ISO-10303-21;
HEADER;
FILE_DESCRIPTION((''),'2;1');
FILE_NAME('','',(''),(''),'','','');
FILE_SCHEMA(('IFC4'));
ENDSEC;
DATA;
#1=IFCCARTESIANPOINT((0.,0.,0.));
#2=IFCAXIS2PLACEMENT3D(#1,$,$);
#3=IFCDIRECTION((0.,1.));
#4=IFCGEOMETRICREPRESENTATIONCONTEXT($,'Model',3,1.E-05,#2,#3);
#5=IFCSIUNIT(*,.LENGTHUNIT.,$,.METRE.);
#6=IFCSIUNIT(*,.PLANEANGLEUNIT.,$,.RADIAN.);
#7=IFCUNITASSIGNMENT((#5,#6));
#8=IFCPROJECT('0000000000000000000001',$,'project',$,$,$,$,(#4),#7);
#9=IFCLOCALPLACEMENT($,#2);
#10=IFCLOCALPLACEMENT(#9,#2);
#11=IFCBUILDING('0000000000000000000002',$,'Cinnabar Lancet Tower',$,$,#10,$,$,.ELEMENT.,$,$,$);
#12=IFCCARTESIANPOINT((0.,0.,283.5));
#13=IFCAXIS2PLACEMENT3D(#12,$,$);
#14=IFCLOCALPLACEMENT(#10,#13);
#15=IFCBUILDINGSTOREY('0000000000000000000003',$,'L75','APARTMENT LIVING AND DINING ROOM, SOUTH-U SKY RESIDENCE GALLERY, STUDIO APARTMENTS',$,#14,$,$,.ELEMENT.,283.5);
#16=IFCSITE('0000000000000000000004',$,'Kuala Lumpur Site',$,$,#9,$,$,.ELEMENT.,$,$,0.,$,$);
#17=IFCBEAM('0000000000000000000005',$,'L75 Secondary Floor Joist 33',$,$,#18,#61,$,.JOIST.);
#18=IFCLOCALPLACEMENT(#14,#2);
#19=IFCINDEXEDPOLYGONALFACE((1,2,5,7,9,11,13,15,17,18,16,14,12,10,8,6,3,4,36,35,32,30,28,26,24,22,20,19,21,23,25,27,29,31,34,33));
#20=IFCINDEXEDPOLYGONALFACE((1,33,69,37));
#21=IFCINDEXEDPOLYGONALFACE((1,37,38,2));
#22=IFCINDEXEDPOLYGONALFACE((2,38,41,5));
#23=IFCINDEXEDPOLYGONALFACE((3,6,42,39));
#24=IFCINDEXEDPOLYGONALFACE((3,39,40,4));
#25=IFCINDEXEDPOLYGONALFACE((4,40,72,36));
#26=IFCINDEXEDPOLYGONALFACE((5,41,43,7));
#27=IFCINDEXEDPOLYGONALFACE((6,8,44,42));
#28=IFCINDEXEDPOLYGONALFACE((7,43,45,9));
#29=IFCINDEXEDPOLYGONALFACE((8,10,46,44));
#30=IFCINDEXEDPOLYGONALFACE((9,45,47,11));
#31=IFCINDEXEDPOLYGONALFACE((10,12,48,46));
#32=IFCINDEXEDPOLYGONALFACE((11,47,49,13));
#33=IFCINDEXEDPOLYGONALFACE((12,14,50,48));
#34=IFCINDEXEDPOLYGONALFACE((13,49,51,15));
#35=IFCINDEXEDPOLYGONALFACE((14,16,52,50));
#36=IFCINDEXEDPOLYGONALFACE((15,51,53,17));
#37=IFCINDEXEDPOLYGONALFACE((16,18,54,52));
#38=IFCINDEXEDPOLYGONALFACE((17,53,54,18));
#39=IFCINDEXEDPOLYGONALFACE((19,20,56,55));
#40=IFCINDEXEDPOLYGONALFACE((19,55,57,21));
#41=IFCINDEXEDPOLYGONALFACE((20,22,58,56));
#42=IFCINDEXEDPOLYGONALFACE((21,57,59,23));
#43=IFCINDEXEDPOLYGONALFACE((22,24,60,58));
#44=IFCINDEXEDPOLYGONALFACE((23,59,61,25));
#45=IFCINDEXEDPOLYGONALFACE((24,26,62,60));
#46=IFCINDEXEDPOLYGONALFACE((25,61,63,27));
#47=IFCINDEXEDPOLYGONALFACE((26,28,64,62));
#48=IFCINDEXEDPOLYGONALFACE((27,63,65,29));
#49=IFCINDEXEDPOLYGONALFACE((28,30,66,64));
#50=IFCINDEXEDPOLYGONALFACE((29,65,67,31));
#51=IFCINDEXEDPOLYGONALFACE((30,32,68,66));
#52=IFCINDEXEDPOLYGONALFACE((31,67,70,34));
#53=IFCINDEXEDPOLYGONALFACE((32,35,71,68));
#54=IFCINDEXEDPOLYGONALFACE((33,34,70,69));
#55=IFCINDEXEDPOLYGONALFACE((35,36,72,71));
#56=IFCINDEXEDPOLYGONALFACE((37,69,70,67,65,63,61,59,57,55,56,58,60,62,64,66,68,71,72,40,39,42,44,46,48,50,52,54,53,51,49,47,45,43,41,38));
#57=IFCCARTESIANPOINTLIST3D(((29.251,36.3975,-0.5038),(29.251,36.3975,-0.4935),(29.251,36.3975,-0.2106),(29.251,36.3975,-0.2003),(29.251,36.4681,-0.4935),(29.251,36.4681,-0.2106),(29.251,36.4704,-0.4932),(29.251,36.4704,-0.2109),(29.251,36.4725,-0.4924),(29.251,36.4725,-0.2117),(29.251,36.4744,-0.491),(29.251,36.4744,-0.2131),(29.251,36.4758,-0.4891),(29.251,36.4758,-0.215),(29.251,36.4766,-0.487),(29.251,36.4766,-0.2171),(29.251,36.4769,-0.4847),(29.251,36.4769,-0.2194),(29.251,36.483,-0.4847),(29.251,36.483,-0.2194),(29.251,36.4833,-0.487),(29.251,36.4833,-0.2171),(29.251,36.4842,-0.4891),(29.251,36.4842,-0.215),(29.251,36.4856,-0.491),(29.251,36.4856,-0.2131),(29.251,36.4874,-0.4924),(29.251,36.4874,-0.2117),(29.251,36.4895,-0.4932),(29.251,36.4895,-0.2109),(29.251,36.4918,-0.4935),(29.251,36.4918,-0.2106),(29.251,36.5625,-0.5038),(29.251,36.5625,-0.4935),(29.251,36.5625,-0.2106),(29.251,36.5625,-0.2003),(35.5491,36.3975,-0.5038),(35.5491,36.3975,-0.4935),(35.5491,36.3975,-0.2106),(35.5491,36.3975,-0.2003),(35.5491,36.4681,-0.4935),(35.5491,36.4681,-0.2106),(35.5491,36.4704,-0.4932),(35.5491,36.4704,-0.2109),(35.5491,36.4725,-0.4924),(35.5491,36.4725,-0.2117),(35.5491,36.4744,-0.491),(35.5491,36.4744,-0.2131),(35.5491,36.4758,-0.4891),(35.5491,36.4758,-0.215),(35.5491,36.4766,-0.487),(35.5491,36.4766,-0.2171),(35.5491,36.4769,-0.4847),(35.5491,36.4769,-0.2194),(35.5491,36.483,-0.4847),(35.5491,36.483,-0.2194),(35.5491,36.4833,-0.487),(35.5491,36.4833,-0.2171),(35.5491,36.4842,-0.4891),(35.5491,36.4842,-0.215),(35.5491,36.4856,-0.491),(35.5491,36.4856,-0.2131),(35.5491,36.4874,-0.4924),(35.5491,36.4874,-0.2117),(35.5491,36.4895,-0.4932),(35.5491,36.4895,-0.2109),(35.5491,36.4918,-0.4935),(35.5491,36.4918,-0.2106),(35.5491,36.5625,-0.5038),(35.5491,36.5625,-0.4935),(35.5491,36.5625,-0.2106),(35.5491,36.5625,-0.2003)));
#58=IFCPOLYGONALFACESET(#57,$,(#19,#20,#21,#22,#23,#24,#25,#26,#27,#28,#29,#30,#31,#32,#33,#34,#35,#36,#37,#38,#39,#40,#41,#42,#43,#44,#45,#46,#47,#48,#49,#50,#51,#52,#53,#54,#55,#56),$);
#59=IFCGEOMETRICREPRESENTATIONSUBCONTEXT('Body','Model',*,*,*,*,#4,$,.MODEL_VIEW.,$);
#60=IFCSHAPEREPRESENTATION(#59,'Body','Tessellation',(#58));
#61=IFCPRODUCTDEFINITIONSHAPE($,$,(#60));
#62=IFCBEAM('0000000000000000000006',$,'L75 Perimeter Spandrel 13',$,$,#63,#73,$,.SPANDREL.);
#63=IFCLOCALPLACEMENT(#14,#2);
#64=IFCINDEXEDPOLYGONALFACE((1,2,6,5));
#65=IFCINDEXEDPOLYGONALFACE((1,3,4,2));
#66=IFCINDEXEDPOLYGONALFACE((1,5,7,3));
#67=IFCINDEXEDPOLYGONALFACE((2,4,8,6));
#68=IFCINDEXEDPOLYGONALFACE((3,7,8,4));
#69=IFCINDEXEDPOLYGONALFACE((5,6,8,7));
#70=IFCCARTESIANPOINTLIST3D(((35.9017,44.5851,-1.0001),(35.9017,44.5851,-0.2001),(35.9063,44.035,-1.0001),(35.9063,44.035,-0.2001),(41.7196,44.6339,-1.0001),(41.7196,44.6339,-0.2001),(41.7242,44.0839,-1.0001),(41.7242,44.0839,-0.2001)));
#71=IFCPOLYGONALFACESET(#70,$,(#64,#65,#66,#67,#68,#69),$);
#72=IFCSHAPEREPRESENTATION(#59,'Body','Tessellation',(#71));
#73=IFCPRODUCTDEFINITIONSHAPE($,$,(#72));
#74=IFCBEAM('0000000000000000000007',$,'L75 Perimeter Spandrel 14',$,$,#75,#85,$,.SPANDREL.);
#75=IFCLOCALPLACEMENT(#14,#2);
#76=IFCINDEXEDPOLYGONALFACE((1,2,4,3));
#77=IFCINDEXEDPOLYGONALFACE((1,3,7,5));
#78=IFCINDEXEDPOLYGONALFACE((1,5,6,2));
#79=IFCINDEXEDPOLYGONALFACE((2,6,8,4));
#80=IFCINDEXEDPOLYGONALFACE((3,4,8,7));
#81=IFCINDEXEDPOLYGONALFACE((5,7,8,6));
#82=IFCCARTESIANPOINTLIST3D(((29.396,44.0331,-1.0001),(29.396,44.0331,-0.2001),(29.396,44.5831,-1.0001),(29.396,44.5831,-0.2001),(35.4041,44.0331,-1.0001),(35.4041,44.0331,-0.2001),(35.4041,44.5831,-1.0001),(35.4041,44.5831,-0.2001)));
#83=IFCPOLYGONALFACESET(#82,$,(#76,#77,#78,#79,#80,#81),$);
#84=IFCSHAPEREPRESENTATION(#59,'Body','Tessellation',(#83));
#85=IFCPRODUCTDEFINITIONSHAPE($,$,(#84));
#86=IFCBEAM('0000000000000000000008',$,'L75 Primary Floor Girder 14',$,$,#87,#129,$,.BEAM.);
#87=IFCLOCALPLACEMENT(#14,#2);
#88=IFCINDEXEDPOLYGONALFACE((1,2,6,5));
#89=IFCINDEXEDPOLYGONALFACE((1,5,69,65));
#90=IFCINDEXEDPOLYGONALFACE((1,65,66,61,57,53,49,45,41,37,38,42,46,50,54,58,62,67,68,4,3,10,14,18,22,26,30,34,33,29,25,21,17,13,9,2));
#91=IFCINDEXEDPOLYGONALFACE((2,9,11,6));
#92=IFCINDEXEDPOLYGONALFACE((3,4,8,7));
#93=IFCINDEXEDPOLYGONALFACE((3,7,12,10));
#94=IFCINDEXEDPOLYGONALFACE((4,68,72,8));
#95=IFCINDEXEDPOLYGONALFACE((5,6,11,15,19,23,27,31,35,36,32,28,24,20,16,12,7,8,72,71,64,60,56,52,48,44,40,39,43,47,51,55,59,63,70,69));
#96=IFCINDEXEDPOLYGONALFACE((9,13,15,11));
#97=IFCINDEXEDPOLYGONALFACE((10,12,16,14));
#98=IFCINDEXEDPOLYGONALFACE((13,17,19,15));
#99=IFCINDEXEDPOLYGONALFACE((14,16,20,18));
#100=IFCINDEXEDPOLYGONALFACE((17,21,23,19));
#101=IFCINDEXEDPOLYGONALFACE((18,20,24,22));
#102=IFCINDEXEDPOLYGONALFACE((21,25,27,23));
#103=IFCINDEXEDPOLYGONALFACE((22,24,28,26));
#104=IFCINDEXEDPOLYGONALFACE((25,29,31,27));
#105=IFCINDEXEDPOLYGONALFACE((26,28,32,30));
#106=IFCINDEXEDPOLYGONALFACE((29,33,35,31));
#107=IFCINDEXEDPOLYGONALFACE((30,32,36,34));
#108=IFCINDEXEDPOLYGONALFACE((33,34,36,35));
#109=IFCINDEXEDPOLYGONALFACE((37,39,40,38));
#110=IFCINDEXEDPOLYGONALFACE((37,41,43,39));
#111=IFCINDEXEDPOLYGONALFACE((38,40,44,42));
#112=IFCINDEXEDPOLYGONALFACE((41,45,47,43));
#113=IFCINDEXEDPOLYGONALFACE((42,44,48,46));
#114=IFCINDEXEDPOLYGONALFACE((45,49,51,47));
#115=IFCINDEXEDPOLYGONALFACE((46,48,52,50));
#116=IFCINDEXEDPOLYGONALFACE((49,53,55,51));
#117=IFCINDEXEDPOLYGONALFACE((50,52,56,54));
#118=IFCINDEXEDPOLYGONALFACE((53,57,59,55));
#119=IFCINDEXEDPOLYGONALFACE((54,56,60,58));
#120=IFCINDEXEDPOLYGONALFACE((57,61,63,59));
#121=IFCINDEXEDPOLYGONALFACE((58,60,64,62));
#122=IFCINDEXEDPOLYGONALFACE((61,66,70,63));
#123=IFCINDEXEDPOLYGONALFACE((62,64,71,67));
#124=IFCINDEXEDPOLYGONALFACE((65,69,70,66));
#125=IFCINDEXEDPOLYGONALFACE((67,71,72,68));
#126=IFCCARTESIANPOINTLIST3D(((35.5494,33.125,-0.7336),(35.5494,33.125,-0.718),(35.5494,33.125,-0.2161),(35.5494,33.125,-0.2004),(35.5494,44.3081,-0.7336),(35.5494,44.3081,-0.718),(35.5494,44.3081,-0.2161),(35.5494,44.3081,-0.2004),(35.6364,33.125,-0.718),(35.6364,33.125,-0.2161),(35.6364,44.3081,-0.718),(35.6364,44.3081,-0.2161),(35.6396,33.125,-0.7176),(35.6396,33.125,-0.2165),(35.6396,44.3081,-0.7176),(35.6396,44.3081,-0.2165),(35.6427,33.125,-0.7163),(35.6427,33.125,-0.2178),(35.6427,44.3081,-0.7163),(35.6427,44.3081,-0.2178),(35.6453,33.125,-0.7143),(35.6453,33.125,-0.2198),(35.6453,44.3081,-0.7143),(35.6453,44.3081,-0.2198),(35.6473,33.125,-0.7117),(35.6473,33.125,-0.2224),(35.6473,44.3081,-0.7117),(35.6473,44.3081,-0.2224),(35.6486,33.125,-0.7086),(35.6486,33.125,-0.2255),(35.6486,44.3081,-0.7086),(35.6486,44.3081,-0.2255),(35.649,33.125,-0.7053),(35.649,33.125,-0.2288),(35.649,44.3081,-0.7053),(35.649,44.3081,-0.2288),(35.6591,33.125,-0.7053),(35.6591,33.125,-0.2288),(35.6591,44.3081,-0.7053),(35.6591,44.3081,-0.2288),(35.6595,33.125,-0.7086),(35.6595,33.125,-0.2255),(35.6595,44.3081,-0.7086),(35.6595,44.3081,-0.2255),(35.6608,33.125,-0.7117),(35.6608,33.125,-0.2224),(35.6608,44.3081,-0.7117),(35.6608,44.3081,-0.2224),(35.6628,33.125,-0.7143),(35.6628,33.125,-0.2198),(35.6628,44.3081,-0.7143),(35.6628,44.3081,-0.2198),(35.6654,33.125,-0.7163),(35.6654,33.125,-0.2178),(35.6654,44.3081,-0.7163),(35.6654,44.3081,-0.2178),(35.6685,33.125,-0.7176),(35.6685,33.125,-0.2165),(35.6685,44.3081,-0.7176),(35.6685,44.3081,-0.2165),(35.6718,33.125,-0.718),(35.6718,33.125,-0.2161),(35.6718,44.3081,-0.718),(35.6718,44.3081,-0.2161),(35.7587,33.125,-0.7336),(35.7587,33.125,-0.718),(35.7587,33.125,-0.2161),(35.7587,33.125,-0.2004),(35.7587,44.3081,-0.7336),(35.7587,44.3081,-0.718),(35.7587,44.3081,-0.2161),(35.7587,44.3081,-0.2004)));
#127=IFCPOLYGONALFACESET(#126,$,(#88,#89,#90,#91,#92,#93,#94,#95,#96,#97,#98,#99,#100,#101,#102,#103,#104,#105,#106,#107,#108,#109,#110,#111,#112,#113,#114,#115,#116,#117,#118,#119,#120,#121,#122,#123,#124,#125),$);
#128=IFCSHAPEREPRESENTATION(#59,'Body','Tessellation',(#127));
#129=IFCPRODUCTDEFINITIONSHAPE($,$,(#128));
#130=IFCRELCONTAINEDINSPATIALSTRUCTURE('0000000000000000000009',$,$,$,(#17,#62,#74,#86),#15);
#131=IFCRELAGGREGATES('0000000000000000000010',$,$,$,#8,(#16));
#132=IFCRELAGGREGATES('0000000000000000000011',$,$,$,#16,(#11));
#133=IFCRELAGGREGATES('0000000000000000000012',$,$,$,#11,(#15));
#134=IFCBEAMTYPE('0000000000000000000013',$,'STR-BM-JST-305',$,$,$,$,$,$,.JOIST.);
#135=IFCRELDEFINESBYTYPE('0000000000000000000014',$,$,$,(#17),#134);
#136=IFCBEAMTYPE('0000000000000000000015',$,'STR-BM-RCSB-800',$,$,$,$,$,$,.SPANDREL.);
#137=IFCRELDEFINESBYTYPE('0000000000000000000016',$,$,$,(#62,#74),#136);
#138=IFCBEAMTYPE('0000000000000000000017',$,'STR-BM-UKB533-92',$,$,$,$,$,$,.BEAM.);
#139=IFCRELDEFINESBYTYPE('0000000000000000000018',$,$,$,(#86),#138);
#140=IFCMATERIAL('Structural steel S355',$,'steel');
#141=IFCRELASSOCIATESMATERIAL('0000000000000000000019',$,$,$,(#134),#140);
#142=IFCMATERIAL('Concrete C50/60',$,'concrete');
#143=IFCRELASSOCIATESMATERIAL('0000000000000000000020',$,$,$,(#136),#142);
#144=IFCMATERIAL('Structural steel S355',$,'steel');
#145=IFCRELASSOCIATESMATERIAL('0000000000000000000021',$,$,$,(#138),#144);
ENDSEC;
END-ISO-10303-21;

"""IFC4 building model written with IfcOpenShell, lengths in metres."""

from ifc_helpers import new_model, si_unit, direction, frame, origin, origin_2d, place, context, subcontext, project, spatial, rectangle, i_section, extrude, material, material_profile, profile_set, type_object, element, save


model = new_model("IFC4")

# Units and contexts
model_context = context("Model", 3, precision=1e-05, world=origin(), true_north=direction((0.0, 1.0)))
body_context = subcontext(model_context, "Body", "Model", "MODEL_VIEW")
ifc_project = project(units=[si_unit("LENGTHUNIT", "METRE"), si_unit("PLANEANGLEUNIT", "RADIAN")], contexts=[model_context])

# Site, building, storey
site_placement = place(None, origin())
site = spatial("IfcSite", under=ifc_project, at=site_placement, Name="Kuala Lumpur Site", CompositionType="ELEMENT", RefElevation=0.0)
building_placement = place(site_placement, origin())
building = spatial("IfcBuilding", under=site, at=building_placement, Name="Cinnabar Lancet Tower", CompositionType="ELEMENT")
storey_placement = place(building_placement, frame((0.0, 0.0, 283.5)))
storey = spatial("IfcBuildingStorey", under=building, at=storey_placement, Name="L75", Description="APARTMENT LIVING AND DINING ROOM, SOUTH-U SKY RESIDENCE GALLERY, STUDIO APARTMENTS", CompositionType="ELEMENT", Elevation=283.5)

# Beams
ifc_material_1 = material(Name="Structural steel S355", Category="steel")
ifc_material_profile_1 = material_profile(ifc_material_1, i_section(OverallWidth=0.165, OverallDepth=0.3035, WebThickness=0.0061, FlangeThickness=0.0103, FilletRadius=0.0088, at=origin_2d()), Name="UKB 305x165x40")
ifc_profile_set_1 = profile_set([ifc_material_profile_1], Name="Structural steel S355")
beam_type_1 = type_object("IfcBeamType", Name="STR-BM-JST-305", PredefinedType="JOIST", material=ifc_profile_set_1)
for number, where, z_axis, x_axis, name in (
    (1, (35.5491, 36.48, -0.3521), (-1.0, 0.0, 0.0), (0.0, -1.0, 0.0), "L75 Secondary Floor Joist 33"),
):
    element("IfcBeam", number, at=place(storey_placement, frame(where, z_axis=z_axis, x_axis=x_axis)), inside=storey, type_object=beam_type_1, Name=name, PredefinedType="JOIST", context=body_context, shape_type="SweptSolid", body=[
        extrude(i_section(OverallWidth=0.165, OverallDepth=0.3035, WebThickness=0.0061, FlangeThickness=0.0103, FilletRadius=0.0088, at=origin_2d()), origin(), (0.0, 0.0, 1.0), 6.2981),
    ])
ifc_material_2 = material(Name="Concrete C50/60", Category="concrete")
ifc_material_profile_2 = material_profile(ifc_material_2, rectangle(XDim=0.55, YDim=0.8, at=origin_2d()), Name="RC-SB 550x800")
ifc_profile_set_2 = profile_set([ifc_material_profile_2], Name="Concrete C50/60")
beam_type_2 = type_object("IfcBeamType", Name="STR-BM-RCSB-800", PredefinedType="SPANDREL", material=ifc_profile_set_2)
beam_1_placement = place(storey_placement, frame((41.7219, 44.3589, -0.6001), z_axis=(-0.999965, -0.008392, 0.0), x_axis=(0.008392, -0.999965, 0.0)))
element("IfcBeam", 2, at=beam_1_placement, inside=storey, type_object=beam_type_2, Name="L75 Perimeter Spandrel 13", PredefinedType="SPANDREL", context=body_context, shape_type="SweptSolid", body=[
    extrude(rectangle(XDim=0.55, YDim=0.8, at=origin_2d()), origin(), (0.0, 0.0, 1.0), 5.8181),
])
beam_2_placement = place(storey_placement, frame((35.4041, 44.3081, -0.6001), z_axis=(-1.0, 0.0, 0.0), x_axis=(0.0, -1.0, 0.0)))
element("IfcBeam", 3, at=beam_2_placement, inside=storey, type_object=beam_type_2, Name="L75 Perimeter Spandrel 14", PredefinedType="SPANDREL", context=body_context, shape_type="SweptSolid", body=[
    extrude(rectangle(XDim=0.55, YDim=0.8, at=origin_2d()), origin(), (0.0, 0.0, 1.0), 6.0081),
])
ifc_material_3 = material(Name="Structural steel S355", Category="steel")
ifc_material_profile_3 = material_profile(ifc_material_3, i_section(OverallWidth=0.2092, OverallDepth=0.5332, WebThickness=0.01, FlangeThickness=0.0156, FilletRadius=0.0127, at=origin_2d()), Name="UKB 533x210x92")
ifc_profile_set_3 = profile_set([ifc_material_profile_3], Name="Structural steel S355")
beam_type_3 = type_object("IfcBeamType", Name="STR-BM-UKB533-92", PredefinedType="BEAM", material=ifc_profile_set_3)
beam_3_placement = place(storey_placement, frame((35.6541, 44.3081, -0.467), z_axis=(0.0, -1.0, 0.0), x_axis=(1.0, 0.0, 0.0)))
element("IfcBeam", 4, at=beam_3_placement, inside=storey, type_object=beam_type_3, Name="L75 Primary Floor Girder 14", PredefinedType="BEAM", context=body_context, shape_type="SweptSolid", body=[
    extrude(i_section(OverallWidth=0.2092, OverallDepth=0.5332, WebThickness=0.01, FlangeThickness=0.0156, FilletRadius=0.0127, at=origin_2d()), origin(), (0.0, 0.0, 1.0), 11.1831),
])

save(model, "model.ifc")
